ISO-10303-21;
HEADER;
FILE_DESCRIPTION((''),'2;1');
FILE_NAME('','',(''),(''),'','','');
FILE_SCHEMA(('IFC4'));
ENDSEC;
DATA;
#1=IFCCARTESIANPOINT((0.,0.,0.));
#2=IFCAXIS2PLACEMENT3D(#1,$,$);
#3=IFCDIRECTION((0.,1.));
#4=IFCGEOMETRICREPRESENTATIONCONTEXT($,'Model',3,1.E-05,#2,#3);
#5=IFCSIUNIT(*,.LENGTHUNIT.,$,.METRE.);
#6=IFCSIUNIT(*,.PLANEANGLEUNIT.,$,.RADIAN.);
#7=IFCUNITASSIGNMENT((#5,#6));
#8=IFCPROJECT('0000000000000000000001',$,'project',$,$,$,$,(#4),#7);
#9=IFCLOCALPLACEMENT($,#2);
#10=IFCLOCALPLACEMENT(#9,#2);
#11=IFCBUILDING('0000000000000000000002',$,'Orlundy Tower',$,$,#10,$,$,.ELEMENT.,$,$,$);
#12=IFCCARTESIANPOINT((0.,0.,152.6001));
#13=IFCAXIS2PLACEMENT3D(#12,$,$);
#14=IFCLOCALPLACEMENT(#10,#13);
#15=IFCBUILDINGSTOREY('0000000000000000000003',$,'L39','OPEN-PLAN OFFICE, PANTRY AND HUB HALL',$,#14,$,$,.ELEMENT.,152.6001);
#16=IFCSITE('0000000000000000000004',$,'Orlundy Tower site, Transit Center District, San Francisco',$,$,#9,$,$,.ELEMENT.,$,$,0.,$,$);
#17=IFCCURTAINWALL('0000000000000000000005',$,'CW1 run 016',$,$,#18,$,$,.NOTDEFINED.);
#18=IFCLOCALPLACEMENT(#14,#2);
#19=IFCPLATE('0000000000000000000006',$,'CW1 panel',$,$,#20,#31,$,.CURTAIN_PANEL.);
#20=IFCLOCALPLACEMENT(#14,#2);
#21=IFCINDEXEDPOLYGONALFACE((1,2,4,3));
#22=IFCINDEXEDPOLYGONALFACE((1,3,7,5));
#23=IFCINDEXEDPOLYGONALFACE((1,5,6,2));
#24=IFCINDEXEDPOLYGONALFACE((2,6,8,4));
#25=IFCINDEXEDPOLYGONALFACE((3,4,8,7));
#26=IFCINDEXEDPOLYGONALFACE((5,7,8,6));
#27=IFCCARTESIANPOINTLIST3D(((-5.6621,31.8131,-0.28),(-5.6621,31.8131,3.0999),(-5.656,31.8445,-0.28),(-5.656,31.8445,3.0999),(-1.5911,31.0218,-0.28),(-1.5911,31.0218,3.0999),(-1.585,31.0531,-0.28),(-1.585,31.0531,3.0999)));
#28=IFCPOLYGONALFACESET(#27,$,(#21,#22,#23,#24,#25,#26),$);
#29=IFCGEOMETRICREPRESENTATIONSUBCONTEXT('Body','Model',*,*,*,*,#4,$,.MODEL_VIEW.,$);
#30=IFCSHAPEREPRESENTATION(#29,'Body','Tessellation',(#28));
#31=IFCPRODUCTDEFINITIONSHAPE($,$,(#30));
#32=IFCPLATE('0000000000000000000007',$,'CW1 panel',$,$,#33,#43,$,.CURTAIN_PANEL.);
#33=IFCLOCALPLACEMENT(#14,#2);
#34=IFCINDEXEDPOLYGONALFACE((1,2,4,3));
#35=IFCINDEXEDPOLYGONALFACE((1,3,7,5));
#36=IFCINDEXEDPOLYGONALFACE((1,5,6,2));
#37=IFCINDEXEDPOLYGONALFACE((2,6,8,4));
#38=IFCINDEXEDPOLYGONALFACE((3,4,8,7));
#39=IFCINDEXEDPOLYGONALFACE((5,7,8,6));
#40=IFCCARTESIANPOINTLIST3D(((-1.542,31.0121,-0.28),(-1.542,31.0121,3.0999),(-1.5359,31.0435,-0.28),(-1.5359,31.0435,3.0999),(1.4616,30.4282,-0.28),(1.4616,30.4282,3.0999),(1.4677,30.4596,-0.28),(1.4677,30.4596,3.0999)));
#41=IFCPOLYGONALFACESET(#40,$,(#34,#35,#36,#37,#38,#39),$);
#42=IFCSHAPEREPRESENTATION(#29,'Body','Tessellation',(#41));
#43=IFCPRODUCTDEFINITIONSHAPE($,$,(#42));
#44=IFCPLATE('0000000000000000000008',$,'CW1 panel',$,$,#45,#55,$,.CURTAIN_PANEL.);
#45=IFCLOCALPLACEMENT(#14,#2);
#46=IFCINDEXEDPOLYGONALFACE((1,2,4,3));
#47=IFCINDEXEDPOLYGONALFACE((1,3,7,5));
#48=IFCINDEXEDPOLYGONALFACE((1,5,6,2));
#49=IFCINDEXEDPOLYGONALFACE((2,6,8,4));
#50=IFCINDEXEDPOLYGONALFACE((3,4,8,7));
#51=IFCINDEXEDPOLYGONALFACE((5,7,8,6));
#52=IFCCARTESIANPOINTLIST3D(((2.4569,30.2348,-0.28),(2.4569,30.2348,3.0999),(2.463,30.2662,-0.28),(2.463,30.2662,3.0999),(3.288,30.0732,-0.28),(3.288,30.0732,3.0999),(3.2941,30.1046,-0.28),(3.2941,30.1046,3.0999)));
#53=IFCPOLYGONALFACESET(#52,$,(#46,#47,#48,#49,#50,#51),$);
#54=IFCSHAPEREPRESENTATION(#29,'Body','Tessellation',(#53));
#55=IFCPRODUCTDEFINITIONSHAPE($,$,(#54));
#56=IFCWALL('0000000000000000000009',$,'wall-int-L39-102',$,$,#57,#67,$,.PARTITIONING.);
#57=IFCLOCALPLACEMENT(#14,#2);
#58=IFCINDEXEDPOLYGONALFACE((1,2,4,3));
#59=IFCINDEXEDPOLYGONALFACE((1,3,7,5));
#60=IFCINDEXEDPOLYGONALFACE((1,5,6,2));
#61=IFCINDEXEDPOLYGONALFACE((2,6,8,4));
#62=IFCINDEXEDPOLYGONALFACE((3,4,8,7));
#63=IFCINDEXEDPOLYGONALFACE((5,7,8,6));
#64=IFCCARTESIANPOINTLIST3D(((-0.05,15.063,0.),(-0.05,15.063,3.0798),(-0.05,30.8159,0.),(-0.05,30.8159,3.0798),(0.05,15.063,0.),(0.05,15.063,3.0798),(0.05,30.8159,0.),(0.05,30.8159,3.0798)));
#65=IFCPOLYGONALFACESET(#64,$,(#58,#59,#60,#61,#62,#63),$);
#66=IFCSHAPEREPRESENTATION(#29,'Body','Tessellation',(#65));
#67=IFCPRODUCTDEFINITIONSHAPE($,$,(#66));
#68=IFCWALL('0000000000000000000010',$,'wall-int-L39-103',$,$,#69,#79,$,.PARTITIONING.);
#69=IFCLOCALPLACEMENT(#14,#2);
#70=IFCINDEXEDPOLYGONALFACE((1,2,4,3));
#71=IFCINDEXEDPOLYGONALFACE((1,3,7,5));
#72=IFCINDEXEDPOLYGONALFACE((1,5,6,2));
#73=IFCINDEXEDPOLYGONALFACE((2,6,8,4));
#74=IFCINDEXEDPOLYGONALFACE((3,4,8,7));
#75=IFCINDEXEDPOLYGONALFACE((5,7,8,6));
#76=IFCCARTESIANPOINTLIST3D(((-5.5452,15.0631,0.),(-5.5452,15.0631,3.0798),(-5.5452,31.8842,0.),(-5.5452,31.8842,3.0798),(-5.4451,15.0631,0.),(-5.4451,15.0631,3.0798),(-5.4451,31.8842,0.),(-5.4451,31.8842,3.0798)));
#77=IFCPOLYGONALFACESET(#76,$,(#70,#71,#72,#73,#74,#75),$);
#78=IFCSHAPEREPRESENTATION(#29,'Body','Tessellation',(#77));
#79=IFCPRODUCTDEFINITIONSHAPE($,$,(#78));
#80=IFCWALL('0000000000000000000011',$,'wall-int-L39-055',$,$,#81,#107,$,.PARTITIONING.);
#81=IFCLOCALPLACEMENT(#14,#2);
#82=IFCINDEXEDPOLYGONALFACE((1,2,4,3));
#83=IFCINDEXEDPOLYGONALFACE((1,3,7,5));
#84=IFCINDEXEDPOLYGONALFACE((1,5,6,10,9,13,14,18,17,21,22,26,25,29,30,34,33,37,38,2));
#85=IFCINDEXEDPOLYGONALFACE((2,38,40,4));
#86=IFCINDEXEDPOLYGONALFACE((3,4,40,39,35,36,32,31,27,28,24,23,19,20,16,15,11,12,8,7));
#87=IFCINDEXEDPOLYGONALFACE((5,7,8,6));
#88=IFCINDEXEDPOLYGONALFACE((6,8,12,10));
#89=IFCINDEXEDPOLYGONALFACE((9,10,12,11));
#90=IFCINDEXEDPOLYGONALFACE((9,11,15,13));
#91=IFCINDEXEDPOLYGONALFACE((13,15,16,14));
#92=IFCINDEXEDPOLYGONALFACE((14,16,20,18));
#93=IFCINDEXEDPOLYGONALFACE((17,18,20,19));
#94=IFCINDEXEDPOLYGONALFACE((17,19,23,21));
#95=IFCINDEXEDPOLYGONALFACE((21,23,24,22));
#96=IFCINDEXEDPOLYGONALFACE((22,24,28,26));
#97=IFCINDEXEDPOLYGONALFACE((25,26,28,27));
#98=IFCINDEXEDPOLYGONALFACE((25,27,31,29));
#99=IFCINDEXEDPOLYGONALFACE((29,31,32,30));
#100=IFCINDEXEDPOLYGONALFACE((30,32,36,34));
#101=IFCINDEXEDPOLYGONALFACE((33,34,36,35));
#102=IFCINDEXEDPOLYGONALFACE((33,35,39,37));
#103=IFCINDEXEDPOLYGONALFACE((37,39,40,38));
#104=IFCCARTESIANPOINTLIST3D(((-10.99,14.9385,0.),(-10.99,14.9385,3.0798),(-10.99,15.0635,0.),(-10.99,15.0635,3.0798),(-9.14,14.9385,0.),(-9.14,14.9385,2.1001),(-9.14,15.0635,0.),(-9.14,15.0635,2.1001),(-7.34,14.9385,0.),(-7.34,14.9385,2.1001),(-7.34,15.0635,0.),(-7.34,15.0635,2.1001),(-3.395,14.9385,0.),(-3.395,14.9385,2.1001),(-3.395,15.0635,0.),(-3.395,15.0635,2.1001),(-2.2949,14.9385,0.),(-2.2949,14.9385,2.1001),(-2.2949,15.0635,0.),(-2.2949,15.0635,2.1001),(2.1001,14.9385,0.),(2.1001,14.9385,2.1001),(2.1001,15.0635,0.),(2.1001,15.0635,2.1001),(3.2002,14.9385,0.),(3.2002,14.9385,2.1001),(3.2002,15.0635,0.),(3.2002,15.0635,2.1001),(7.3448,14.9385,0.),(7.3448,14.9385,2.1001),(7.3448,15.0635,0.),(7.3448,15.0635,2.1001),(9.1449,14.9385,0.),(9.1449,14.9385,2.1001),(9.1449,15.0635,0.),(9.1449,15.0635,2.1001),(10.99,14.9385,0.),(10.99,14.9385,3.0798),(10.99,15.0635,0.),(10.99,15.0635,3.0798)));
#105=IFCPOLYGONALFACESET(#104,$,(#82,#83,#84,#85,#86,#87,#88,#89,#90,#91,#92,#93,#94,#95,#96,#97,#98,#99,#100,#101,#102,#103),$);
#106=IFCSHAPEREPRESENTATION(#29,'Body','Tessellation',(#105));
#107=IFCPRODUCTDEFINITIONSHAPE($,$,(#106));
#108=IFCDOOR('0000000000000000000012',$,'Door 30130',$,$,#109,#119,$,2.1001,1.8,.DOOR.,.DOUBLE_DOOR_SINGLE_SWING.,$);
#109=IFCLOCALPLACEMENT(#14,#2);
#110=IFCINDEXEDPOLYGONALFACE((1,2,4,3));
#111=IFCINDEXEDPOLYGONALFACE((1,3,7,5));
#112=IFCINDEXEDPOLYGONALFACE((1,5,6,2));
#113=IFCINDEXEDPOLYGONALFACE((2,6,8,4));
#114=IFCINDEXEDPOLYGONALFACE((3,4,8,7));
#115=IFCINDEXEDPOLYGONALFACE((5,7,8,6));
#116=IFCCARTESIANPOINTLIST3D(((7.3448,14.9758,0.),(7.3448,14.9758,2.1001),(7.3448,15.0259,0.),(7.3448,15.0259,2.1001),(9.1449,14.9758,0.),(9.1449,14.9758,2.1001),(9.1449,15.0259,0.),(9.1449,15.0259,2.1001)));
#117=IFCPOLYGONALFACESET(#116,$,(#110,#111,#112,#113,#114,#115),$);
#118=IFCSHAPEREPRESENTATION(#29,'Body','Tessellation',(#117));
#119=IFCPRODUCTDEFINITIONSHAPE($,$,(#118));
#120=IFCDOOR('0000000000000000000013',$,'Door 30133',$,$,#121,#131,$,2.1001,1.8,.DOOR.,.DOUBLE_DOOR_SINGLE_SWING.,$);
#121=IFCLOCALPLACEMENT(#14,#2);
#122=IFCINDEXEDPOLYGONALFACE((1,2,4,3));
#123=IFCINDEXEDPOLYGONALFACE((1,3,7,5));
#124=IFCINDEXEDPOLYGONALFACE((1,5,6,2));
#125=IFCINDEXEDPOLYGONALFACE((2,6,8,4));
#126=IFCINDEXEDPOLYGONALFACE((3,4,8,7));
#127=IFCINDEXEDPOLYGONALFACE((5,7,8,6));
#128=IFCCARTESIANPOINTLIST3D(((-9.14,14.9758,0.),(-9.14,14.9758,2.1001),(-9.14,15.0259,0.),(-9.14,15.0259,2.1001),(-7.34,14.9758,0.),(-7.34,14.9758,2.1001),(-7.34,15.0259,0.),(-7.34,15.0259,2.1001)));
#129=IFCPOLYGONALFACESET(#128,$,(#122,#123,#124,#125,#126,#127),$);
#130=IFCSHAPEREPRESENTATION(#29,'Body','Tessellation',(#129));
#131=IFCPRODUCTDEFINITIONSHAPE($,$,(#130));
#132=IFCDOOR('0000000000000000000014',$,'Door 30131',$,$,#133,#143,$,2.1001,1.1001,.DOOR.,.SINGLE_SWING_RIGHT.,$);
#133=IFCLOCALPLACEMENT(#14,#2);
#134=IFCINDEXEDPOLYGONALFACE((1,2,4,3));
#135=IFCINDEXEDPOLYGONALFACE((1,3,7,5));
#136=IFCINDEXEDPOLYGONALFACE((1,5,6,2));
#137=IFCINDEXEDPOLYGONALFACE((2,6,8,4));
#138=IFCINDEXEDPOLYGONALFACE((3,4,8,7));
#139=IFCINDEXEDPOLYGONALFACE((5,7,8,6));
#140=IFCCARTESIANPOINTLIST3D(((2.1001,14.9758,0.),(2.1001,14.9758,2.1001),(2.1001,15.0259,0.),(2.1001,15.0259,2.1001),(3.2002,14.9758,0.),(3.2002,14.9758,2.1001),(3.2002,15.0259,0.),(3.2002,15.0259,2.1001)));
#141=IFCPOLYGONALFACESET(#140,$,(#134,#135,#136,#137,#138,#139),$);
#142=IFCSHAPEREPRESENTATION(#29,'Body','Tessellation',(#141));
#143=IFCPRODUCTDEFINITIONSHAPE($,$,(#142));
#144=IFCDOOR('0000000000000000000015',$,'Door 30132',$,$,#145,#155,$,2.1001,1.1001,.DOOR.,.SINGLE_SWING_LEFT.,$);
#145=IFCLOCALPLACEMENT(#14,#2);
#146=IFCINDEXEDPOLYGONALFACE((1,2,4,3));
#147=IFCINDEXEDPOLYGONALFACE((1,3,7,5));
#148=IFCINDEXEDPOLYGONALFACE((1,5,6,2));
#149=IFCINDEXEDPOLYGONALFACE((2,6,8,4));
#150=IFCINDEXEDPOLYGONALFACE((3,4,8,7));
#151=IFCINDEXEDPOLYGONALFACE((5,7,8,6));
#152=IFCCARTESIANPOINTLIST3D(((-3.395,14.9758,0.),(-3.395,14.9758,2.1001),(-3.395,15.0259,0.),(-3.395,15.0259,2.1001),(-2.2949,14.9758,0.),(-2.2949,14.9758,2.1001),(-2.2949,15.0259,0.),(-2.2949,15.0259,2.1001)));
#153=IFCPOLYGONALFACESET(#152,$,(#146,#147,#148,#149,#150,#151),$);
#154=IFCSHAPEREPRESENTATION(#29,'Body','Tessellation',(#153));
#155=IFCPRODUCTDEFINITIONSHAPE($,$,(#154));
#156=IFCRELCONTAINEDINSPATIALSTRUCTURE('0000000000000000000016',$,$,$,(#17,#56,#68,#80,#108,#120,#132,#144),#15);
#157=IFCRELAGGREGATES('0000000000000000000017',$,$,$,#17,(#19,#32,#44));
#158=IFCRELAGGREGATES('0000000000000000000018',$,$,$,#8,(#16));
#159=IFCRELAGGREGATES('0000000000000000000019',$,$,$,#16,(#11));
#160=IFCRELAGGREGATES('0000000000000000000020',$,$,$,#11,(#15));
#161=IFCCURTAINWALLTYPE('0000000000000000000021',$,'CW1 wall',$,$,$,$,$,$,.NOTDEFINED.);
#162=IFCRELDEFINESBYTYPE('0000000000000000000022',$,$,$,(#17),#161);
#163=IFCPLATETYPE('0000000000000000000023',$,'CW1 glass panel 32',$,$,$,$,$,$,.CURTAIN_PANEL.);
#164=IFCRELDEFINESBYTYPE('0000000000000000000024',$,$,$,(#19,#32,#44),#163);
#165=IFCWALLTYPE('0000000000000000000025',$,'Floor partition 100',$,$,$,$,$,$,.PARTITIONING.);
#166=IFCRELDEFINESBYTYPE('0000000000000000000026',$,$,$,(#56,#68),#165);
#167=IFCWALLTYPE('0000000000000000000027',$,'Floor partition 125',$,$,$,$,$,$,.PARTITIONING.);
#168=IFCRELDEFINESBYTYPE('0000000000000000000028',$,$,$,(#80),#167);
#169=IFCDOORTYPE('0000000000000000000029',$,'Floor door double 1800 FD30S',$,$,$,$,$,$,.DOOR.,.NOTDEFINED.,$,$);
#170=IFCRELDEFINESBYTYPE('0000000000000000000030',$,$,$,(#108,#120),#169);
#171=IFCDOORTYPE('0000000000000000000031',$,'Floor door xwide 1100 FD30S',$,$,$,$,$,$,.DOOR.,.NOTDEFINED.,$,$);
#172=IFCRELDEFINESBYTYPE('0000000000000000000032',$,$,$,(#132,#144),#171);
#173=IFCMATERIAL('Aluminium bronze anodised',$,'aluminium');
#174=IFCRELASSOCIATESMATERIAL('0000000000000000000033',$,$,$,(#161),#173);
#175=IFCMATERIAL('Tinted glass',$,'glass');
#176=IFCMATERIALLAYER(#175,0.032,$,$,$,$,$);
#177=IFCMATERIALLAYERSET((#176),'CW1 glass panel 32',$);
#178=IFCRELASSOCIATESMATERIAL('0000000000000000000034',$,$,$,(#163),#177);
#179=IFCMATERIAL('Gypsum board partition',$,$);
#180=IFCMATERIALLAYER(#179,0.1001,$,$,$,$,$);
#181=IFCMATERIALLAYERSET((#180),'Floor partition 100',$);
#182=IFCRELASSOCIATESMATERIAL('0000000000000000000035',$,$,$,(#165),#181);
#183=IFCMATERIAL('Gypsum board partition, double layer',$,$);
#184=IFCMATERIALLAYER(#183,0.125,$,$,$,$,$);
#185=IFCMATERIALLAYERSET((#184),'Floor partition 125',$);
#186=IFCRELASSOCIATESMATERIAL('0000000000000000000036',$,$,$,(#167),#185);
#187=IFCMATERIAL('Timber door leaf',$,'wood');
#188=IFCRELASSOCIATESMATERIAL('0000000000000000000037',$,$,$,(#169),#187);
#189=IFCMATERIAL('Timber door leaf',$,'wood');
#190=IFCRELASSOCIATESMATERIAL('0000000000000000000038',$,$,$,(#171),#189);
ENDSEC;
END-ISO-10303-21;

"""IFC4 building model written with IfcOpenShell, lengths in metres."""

from ifc_helpers import new_model, si_unit, direction, frame, frame_2d, origin, origin_2d, place, context, subcontext, project, spatial, rectangle, extrude, material, layer, layer_set, type_object, element, fill, aggregate, save


model = new_model("IFC4")

# Units and contexts
model_context = context("Model", 3, precision=1e-05, world=origin(), true_north=direction((0.0, 1.0)))
body_context = subcontext(model_context, "Body", "Model", "MODEL_VIEW")
ifc_project = project(units=[si_unit("LENGTHUNIT", "METRE"), si_unit("PLANEANGLEUNIT", "RADIAN")], contexts=[model_context])

# Site, building, storey
site_placement = place(None, origin())
site = spatial("IfcSite", under=ifc_project, at=site_placement, Name="Orlundy Tower site, Transit Center District, San Francisco", CompositionType="ELEMENT", RefElevation=0.0)
building_placement = place(site_placement, origin())
building = spatial("IfcBuilding", under=site, at=building_placement, Name="Orlundy Tower", CompositionType="ELEMENT")
storey_placement = place(building_placement, frame((0.0, 0.0, 152.6001)))
storey = spatial("IfcBuildingStorey", under=building, at=storey_placement, Name="L39", Description="OPEN-PLAN OFFICE, PANTRY AND HUB HALL", CompositionType="ELEMENT", Elevation=152.6001)

# Curtain wall
ifc_material_1 = material(Name="Aluminium bronze anodised", Category="aluminium")
curtain_wall_type = type_object("IfcCurtainWallType", Name="CW1 wall", PredefinedType="NOTDEFINED", material=ifc_material_1)
curtain_wall_1_placement = place(storey_placement, origin())
curtain_wall_1 = element("IfcCurtainWall", 1, at=curtain_wall_1_placement, inside=storey, type_object=curtain_wall_type, Name="CW1 run 016", PredefinedType="NOTDEFINED")

# Plates
ifc_material_2 = material(Name="Tinted glass", Category="glass")
ifc_layer_1 = layer(ifc_material_2, 0.032)
ifc_layer_set_1 = layer_set([ifc_layer_1], Name="CW1 glass panel 32")
plate_type = type_object("IfcPlateType", Name="CW1 glass panel 32", PredefinedType="CURTAIN_PANEL", material=ifc_layer_set_1)
plate_1_placement = place(storey_placement, frame((-3.6235, 31.4331, -0.28), z_axis=(0.0, 0.0, 1.0), x_axis=(0.981628, -0.190805, 0.0)))
plate_1 = element("IfcPlate", 2, at=plate_1_placement, type_object=plate_type, Name="CW1 panel", PredefinedType="CURTAIN_PANEL", context=body_context, shape_type="SweptSolid", body=[
    extrude(rectangle(XDim=4.1472, YDim=0.032, at=origin_2d()), origin(), (0.0, 0.0, 1.0), 3.3799),
])
plate_2_placement = place(storey_placement, frame((-0.0371, 30.7358, -0.28), z_axis=(0.0, 0.0, 1.0), x_axis=(0.981628, -0.190805, 0.0)))
plate_2 = element("IfcPlate", 3, at=plate_2_placement, type_object=plate_type, Name="CW1 panel", PredefinedType="CURTAIN_PANEL", context=body_context, shape_type="SweptSolid", body=[
    extrude(rectangle(XDim=3.0598, YDim=0.032, at=origin_2d()), origin(), (0.0, 0.0, 1.0), 3.3799),
])
plate_3_placement = place(storey_placement, frame((2.8755, 30.1697, -0.28), z_axis=(0.0, 0.0, 1.0), x_axis=(0.981628, -0.190805, 0.0)))
plate_3 = element("IfcPlate", 4, at=plate_3_placement, type_object=plate_type, Name="CW1 panel", PredefinedType="CURTAIN_PANEL", context=body_context, shape_type="SweptSolid", body=[
    extrude(rectangle(XDim=0.8467, YDim=0.032, at=origin_2d()), origin(), (0.0, 0.0, 1.0), 3.3799),
])
aggregate(curtain_wall_1, [plate_1, plate_2, plate_3])

# Walls
ifc_material_3 = material(Name="Gypsum board partition")
ifc_layer_2 = layer(ifc_material_3, 0.1001)
ifc_layer_set_2 = layer_set([ifc_layer_2], Name="Floor partition 100")
wall_type_1 = type_object("IfcWallType", Name="Floor partition 100", PredefinedType="PARTITIONING", material=ifc_layer_set_2)
wall_1_placement = place(storey_placement, frame((0.0, 15.063, 0.0), z_axis=(0.0, 0.0, 1.0), x_axis=(0.0, 1.0, 0.0)))
element("IfcWall", 5, at=wall_1_placement, inside=storey, type_object=wall_type_1, Name="wall-int-L39-102", PredefinedType="PARTITIONING", context=body_context, shape_type="SweptSolid", body=[
    extrude(rectangle(XDim=15.7529, YDim=0.1001, at=frame_2d((7.8765, 0.0))), origin(), (0.0, 0.0, 1.0), 3.0798),
])
wall_2_placement = place(storey_placement, frame((-5.4951, 15.063, 0.0), z_axis=(0.0, 0.0, 1.0), x_axis=(0.0, 1.0, 0.0)))
element("IfcWall", 6, at=wall_2_placement, inside=storey, type_object=wall_type_1, Name="wall-int-L39-103", PredefinedType="PARTITIONING", context=body_context, shape_type="SweptSolid", body=[
    extrude(rectangle(XDim=16.821, YDim=0.1001, at=frame_2d((8.4106, 0.0))), origin(), (0.0, 0.0, 1.0), 3.0798),
])

# Wall, openings, doors
ifc_material_4 = material(Name="Gypsum board partition, double layer")
ifc_layer_3 = layer(ifc_material_4, 0.125)
ifc_layer_set_3 = layer_set([ifc_layer_3], Name="Floor partition 125")
wall_type_2 = type_object("IfcWallType", Name="Floor partition 125", PredefinedType="PARTITIONING", material=ifc_layer_set_3)
wall_3_placement = place(storey_placement, frame((-10.99, 15.001, 0.0), z_axis=(0.0, 0.0, 1.0), x_axis=(1.0, 0.0, 0.0)))
wall_3 = element("IfcWall", 7, at=wall_3_placement, inside=storey, type_object=wall_type_2, Name="wall-int-L39-055", PredefinedType="PARTITIONING", context=body_context, shape_type="SweptSolid", body=[
    extrude(rectangle(XDim=21.98, YDim=0.125, at=frame_2d((10.99, 0.0))), origin(), (0.0, 0.0, 1.0), 3.0798),
])
opening_1_placement = place(wall_3_placement, frame((18.335, 0.0, 0.0)))
opening_1 = element("IfcOpeningElement", 8, at=opening_1_placement, cuts=wall_3, PredefinedType="OPENING", context=body_context, shape_type="SweptSolid", body=[
    extrude(rectangle(XDim=1.8, YDim=2.1001, at=frame_2d((0.8999, 1.05))), frame((0.0, 0.0725, 0.0), z_axis=(0.0, -1.0, 0.0), x_axis=(1.0, 0.0, 0.0)), (0.0, 0.0, 1.0), 0.145),
])
opening_2_placement = place(wall_3_placement, frame((13.0901, 0.0, 0.0)))
opening_2 = element("IfcOpeningElement", 9, at=opening_2_placement, cuts=wall_3, PredefinedType="OPENING", context=body_context, shape_type="SweptSolid", body=[
    extrude(rectangle(XDim=1.1001, YDim=2.1001, at=frame_2d((0.55, 1.05))), frame((0.0, 0.0725, 0.0), z_axis=(0.0, -1.0, 0.0), x_axis=(1.0, 0.0, 0.0)), (0.0, 0.0, 1.0), 0.145),
])
opening_3_placement = place(wall_3_placement, frame((7.595, 0.0, 0.0)))
opening_3 = element("IfcOpeningElement", 10, at=opening_3_placement, cuts=wall_3, PredefinedType="OPENING", context=body_context, shape_type="SweptSolid", body=[
    extrude(rectangle(XDim=1.1001, YDim=2.1001, at=frame_2d((0.55, 1.05))), frame((0.0, 0.0725, 0.0), z_axis=(0.0, -1.0, 0.0), x_axis=(1.0, 0.0, 0.0)), (0.0, 0.0, 1.0), 0.145),
])
opening_4_placement = place(wall_3_placement, frame((1.8501, 0.0, 0.0)))
opening_4 = element("IfcOpeningElement", 11, at=opening_4_placement, cuts=wall_3, PredefinedType="OPENING", context=body_context, shape_type="SweptSolid", body=[
    extrude(rectangle(XDim=1.8, YDim=2.1001, at=frame_2d((0.8999, 1.05))), frame((0.0, 0.0725, 0.0), z_axis=(0.0, -1.0, 0.0), x_axis=(1.0, 0.0, 0.0)), (0.0, 0.0, 1.0), 0.145),
])
ifc_material_5 = material(Name="Timber door leaf", Category="wood")
door_type_1 = type_object("IfcDoorType", Name="Floor door double 1800 FD30S", OperationType="NOTDEFINED", PredefinedType="DOOR", material=ifc_material_5)
door_1_placement = place(opening_1_placement, origin())
door_1 = element("IfcDoor", 12, at=door_1_placement, inside=storey, type_object=door_type_1, Name="Door 30130", OperationType="DOUBLE_DOOR_SINGLE_SWING", OverallHeight=2.1001, OverallWidth=1.8, PredefinedType="DOOR", context=body_context, shape_type="SweptSolid", body=[
    extrude(rectangle(XDim=1.8, YDim=2.1001, at=frame_2d((0.8999, 1.05))), frame((0.0, 0.0249, 0.0), z_axis=(0.0, -1.0, 0.0), x_axis=(1.0, 0.0, 0.0)), (0.0, 0.0, 1.0), 0.05),
])
fill(opening_1, door_1)
door_2_placement = place(opening_4_placement, origin())
door_2 = element("IfcDoor", 13, at=door_2_placement, inside=storey, type_object=door_type_1, Name="Door 30133", OperationType="DOUBLE_DOOR_SINGLE_SWING", OverallHeight=2.1001, OverallWidth=1.8, PredefinedType="DOOR", context=body_context, shape_type="SweptSolid", body=[
    extrude(rectangle(XDim=1.8, YDim=2.1001, at=frame_2d((0.8999, 1.05))), frame((0.0, 0.0249, 0.0), z_axis=(0.0, -1.0, 0.0), x_axis=(1.0, 0.0, 0.0)), (0.0, 0.0, 1.0), 0.05),
])
fill(opening_4, door_2)
ifc_material_6 = material(Name="Timber door leaf", Category="wood")
door_type_2 = type_object("IfcDoorType", Name="Floor door xwide 1100 FD30S", OperationType="NOTDEFINED", PredefinedType="DOOR", material=ifc_material_6)
door_3_placement = place(opening_2_placement, origin())
door_3 = element("IfcDoor", 14, at=door_3_placement, inside=storey, type_object=door_type_2, Name="Door 30131", OperationType="SINGLE_SWING_RIGHT", OverallHeight=2.1001, OverallWidth=1.1001, PredefinedType="DOOR", context=body_context, shape_type="SweptSolid", body=[
    extrude(rectangle(XDim=1.1001, YDim=2.1001, at=frame_2d((0.55, 1.05))), frame((0.0, 0.0249, 0.0), z_axis=(0.0, -1.0, 0.0), x_axis=(1.0, 0.0, 0.0)), (0.0, 0.0, 1.0), 0.05),
])
fill(opening_2, door_3)
door_4_placement = place(opening_3_placement, origin())
door_4 = element("IfcDoor", 15, at=door_4_placement, inside=storey, type_object=door_type_2, Name="Door 30132", OperationType="SINGLE_SWING_LEFT", OverallHeight=2.1001, OverallWidth=1.1001, PredefinedType="DOOR", context=body_context, shape_type="SweptSolid", body=[
    extrude(rectangle(XDim=1.1001, YDim=2.1001, at=frame_2d((0.55, 1.05))), frame((0.0, 0.0249, 0.0), z_axis=(0.0, -1.0, 0.0), x_axis=(1.0, 0.0, 0.0)), (0.0, 0.0, 1.0), 0.05),
])
fill(opening_3, door_4)

save(model, "model.ifc")
